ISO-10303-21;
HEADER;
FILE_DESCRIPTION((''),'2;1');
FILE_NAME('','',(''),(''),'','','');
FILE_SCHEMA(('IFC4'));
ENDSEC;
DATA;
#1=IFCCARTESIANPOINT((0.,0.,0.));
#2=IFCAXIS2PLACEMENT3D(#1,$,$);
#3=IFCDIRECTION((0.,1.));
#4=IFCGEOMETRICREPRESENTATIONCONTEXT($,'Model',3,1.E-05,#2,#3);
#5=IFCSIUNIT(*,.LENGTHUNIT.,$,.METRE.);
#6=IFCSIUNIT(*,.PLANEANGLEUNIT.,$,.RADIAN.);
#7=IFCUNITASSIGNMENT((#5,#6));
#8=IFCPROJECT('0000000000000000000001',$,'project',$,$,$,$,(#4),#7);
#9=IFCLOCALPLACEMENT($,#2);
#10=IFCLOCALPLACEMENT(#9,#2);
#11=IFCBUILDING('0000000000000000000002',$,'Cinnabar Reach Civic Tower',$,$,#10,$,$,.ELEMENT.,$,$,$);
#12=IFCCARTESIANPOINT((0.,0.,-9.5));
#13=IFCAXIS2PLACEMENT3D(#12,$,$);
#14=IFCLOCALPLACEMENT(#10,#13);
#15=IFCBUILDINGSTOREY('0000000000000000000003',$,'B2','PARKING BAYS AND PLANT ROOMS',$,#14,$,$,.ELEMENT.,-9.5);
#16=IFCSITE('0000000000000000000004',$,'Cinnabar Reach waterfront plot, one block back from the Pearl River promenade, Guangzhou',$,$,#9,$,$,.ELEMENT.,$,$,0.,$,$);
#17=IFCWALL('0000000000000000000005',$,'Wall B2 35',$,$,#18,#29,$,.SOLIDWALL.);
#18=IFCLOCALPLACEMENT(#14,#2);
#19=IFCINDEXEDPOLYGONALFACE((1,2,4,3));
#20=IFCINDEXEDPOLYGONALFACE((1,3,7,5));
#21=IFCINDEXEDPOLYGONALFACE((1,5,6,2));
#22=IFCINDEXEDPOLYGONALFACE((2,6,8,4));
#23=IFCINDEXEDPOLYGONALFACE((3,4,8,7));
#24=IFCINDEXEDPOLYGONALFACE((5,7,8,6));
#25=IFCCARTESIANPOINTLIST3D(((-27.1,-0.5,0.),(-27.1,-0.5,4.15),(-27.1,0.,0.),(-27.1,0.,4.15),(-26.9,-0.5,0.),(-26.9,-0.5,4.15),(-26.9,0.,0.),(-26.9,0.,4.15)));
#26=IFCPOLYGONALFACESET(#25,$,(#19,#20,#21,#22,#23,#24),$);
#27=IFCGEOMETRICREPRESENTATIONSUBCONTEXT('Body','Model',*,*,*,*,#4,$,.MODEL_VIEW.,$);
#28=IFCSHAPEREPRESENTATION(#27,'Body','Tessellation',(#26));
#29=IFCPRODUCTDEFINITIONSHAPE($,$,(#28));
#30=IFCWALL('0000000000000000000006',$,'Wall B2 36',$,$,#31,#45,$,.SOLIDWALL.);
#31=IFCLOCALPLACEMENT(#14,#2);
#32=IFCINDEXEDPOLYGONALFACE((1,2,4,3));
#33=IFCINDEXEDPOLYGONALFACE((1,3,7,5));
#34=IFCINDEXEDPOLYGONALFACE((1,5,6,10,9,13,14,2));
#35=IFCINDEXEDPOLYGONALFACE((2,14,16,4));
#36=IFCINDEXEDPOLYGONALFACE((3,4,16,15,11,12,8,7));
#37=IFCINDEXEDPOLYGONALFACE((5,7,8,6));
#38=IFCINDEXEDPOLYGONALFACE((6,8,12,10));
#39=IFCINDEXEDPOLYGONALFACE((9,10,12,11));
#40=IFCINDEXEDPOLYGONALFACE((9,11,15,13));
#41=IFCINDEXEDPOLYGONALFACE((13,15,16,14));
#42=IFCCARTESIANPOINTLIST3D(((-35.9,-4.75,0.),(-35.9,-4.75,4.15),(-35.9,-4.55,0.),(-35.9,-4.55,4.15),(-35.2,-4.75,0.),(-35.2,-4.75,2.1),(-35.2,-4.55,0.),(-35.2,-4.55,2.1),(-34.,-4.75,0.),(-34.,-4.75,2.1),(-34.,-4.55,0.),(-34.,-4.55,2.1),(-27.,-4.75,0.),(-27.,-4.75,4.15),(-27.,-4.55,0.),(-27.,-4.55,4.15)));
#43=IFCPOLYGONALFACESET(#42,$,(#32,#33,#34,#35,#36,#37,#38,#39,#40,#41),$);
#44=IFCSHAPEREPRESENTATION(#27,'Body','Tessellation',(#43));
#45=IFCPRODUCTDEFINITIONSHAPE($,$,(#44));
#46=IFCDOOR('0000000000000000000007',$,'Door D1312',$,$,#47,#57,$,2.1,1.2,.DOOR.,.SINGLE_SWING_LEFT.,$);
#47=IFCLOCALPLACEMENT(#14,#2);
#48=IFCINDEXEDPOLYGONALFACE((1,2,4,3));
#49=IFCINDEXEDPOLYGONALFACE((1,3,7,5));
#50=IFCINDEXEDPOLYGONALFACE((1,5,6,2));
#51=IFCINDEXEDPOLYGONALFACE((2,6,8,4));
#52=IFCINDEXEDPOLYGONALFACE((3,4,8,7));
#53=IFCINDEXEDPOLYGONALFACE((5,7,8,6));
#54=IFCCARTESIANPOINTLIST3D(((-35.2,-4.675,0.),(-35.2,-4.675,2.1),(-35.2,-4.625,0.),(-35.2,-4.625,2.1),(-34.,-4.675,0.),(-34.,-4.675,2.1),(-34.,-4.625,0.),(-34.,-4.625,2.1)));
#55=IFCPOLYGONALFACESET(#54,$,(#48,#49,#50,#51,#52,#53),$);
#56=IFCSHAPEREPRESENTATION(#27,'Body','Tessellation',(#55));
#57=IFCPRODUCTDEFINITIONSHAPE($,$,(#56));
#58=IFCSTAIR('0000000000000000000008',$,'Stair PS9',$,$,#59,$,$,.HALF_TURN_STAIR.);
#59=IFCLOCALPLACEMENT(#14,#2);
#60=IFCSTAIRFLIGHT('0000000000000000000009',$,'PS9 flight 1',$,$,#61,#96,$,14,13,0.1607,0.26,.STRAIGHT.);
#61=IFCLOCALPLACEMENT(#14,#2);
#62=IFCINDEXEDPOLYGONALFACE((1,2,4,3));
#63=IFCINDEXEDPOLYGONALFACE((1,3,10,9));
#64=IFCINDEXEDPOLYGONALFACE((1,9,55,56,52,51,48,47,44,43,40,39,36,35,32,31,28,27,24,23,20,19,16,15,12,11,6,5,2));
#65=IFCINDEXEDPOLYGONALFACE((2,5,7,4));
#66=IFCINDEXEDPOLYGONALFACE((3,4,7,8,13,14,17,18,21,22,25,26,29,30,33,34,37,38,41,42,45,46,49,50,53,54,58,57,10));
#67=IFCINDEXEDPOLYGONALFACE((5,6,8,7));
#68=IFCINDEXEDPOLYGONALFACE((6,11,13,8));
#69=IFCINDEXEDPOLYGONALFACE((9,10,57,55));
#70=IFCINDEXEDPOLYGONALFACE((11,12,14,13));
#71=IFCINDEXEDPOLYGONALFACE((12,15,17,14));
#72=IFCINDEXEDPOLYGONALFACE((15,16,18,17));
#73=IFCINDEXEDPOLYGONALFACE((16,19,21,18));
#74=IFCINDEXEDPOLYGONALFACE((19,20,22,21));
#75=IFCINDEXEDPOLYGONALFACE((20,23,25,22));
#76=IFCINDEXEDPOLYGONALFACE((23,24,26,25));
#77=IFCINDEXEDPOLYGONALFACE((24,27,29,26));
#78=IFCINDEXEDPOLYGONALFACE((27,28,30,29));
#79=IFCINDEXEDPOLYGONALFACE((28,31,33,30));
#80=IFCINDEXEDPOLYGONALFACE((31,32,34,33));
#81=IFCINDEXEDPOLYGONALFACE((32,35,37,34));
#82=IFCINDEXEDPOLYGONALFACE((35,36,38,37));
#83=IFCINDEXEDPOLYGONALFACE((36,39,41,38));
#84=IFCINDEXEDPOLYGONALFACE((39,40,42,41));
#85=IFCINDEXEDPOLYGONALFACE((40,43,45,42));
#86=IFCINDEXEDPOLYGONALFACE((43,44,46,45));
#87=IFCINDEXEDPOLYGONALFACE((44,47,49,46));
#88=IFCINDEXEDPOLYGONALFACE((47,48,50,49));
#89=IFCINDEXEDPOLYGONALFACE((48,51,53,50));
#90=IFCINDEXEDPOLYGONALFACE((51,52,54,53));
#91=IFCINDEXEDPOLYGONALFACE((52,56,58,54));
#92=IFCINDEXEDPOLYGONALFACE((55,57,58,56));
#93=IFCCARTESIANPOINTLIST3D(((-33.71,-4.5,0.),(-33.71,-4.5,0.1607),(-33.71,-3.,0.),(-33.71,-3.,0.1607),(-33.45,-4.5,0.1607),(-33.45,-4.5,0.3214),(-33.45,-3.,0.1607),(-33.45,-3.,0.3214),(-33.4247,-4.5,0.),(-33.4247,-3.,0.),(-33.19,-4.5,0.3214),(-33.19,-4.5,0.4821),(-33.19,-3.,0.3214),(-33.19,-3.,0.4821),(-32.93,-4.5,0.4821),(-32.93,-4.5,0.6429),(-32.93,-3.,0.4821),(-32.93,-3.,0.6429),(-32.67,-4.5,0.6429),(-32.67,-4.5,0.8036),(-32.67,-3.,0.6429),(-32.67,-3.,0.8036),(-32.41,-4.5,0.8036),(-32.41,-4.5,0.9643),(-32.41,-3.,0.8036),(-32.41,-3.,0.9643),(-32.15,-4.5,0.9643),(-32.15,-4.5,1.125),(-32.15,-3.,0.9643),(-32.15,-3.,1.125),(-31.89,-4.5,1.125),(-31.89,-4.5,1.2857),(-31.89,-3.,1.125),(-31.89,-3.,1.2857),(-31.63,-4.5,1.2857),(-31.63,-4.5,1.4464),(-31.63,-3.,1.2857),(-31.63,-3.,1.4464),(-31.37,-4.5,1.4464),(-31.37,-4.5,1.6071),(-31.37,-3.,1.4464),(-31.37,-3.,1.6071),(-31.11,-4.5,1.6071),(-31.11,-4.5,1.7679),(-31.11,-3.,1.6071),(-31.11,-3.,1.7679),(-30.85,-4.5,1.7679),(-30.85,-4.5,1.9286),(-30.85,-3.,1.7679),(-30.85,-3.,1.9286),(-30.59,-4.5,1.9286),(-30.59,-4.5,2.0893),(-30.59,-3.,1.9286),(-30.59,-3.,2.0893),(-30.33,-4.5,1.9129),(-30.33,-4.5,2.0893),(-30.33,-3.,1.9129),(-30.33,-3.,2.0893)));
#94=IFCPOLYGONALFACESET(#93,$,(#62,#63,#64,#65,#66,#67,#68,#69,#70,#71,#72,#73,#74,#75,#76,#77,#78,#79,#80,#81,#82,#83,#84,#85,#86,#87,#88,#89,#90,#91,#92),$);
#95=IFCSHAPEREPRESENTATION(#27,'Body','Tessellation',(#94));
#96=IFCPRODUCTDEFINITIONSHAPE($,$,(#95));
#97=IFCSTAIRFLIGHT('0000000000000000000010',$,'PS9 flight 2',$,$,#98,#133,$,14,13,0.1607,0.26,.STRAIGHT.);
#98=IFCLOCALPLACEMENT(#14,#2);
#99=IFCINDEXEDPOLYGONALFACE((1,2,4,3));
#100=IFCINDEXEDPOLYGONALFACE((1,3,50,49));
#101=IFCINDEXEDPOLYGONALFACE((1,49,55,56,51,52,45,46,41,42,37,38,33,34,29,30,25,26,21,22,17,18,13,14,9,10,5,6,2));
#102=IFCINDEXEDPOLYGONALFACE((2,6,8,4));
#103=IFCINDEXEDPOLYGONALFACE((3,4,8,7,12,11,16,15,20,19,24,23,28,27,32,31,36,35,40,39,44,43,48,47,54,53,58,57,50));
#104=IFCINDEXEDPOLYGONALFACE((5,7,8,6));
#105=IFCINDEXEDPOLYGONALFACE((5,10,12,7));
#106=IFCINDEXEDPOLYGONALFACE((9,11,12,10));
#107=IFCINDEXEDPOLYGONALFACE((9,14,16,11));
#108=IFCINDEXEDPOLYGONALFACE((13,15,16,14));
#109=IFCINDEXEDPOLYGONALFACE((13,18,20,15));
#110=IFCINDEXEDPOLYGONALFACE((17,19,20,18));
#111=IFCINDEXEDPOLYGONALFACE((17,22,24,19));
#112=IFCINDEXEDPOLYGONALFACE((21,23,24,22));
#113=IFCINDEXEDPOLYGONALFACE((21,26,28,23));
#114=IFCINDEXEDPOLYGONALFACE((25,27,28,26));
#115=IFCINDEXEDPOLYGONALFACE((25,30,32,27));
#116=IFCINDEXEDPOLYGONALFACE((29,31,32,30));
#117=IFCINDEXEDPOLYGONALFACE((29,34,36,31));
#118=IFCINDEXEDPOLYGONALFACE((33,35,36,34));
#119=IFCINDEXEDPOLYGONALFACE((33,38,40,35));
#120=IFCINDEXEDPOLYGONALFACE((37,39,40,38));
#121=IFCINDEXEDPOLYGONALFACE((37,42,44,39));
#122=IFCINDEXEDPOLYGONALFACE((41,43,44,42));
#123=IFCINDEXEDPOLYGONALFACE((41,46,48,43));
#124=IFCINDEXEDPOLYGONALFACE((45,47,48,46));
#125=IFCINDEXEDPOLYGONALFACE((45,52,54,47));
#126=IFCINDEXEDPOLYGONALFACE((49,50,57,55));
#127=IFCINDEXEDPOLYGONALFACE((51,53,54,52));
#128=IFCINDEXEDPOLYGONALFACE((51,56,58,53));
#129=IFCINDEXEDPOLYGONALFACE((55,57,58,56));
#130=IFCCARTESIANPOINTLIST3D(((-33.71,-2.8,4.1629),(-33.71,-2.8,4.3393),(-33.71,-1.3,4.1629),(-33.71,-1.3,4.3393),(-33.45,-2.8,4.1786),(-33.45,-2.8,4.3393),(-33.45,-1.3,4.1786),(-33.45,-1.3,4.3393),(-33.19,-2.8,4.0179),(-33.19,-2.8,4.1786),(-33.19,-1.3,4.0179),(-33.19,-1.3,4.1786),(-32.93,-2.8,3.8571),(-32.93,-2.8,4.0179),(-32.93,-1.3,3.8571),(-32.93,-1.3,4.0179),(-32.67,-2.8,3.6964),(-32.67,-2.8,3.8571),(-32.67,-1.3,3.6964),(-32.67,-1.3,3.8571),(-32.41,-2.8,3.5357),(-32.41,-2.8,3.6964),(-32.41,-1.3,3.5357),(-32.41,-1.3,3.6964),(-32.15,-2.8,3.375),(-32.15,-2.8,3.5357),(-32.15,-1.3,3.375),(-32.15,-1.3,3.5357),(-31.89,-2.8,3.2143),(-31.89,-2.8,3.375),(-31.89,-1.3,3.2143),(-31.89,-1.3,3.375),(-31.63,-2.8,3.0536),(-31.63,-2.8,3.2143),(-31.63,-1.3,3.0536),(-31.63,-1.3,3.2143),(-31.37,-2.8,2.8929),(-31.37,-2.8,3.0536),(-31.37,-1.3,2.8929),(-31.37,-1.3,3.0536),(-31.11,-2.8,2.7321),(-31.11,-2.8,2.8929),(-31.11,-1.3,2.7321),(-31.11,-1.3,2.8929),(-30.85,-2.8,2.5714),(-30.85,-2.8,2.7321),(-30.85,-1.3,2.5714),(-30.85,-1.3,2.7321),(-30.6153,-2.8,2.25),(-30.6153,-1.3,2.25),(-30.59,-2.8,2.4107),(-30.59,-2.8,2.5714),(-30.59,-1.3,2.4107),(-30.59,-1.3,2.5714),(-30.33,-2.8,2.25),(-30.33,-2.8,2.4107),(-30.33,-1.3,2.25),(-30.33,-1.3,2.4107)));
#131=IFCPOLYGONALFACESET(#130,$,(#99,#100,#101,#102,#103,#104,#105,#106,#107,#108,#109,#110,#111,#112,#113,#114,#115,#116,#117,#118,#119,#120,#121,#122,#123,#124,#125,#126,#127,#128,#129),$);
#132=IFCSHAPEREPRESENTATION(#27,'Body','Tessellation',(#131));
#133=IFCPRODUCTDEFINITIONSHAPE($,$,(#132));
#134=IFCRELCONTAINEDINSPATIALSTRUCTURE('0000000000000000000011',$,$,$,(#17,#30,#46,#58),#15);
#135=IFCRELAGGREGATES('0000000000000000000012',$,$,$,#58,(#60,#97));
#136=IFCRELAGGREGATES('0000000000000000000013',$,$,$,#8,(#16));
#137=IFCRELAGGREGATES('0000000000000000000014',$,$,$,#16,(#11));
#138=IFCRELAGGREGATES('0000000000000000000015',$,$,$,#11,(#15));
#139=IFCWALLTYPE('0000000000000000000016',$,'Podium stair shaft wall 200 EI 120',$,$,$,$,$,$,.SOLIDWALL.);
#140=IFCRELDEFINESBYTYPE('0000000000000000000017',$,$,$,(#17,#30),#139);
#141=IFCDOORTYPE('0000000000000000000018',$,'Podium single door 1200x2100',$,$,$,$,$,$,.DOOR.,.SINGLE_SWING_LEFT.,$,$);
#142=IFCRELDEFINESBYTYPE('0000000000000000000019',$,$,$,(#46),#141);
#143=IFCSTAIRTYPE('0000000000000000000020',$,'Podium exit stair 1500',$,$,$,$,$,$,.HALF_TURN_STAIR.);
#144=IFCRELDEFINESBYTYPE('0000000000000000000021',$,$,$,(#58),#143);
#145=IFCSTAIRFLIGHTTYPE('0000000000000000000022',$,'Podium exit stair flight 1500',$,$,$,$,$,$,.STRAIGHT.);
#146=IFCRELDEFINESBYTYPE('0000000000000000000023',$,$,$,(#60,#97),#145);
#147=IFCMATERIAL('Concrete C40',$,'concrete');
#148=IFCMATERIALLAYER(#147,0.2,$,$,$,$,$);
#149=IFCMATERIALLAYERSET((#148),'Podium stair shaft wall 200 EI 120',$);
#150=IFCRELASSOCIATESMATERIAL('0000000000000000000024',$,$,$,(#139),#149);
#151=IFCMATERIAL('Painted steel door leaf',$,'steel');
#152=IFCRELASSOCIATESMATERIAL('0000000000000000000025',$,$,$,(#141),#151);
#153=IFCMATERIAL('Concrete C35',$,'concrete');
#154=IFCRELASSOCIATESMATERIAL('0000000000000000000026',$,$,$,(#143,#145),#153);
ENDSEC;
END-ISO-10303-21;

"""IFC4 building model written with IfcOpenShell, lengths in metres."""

from ifc_helpers import new_model, si_unit, direction, frame, frame_2d, origin, place, context, subcontext, project, spatial, polyline, rectangle, outline, extrude, material, layer, layer_set, type_object, element, fill, aggregate, save


model = new_model("IFC4")

# Units and contexts
model_context = context("Model", 3, precision=1e-05, world=origin(), true_north=direction((0.0, 1.0)))
body_context = subcontext(model_context, "Body", "Model", "MODEL_VIEW")
ifc_project = project(units=[si_unit("LENGTHUNIT", "METRE"), si_unit("PLANEANGLEUNIT", "RADIAN")], contexts=[model_context])

# Site, building, storey
site_placement = place(None, origin())
site = spatial("IfcSite", under=ifc_project, at=site_placement, Name="Cinnabar Reach waterfront plot, one block back from the Pearl River promenade, Guangzhou", CompositionType="ELEMENT", RefElevation=0.0)
building_placement = place(site_placement, origin())
building = spatial("IfcBuilding", under=site, at=building_placement, Name="Cinnabar Reach Civic Tower", CompositionType="ELEMENT")
storey_placement = place(building_placement, frame((0.0, 0.0, -9.5)))
storey = spatial("IfcBuildingStorey", under=building, at=storey_placement, Name="B2", Description="PARKING BAYS AND PLANT ROOMS", CompositionType="ELEMENT", Elevation=-9.5)

# Shared definitions
ifc_material_1 = material(Name="Concrete C35", Category="concrete")

# Wall
ifc_material_2 = material(Name="Concrete C40", Category="concrete")
ifc_layer_1 = layer(ifc_material_2, 0.2)
ifc_layer_set_1 = layer_set([ifc_layer_1], Name="Podium stair shaft wall 200 EI 120")
wall_type_1 = type_object("IfcWallType", Name="Podium stair shaft wall 200 EI 120", PredefinedType="SOLIDWALL", material=ifc_layer_set_1)
wall_1_placement = place(storey_placement, frame((-27.0, -0.5, 0.0), z_axis=(0.0, 0.0, 1.0), x_axis=(0.0, 1.0, 0.0)))
element("IfcWall", 1, at=wall_1_placement, inside=storey, type_object=wall_type_1, Name="Wall B2 35", PredefinedType="SOLIDWALL", context=body_context, shape_type="SweptSolid", body=[
    extrude(rectangle(XDim=0.5, YDim=0.2, at=frame_2d((0.25, 0.0))), origin(), (0.0, 0.0, 1.0), 4.15),
])

# Wall, opening, door
wall_2_placement = place(storey_placement, frame((-35.9, -4.65, 0.0), z_axis=(0.0, 0.0, 1.0), x_axis=(1.0, 0.0, 0.0)))
wall_2 = element("IfcWall", 2, at=wall_2_placement, inside=storey, type_object=wall_type_1, Name="Wall B2 36", PredefinedType="SOLIDWALL", context=body_context, shape_type="SweptSolid", body=[
    extrude(rectangle(XDim=8.9, YDim=0.2, at=frame_2d((4.45, 0.0))), origin(), (0.0, 0.0, 1.0), 4.15),
])
opening_placement = place(wall_2_placement, frame((0.7, 0.0, 0.0)))
opening = element("IfcOpeningElement", 3, at=opening_placement, cuts=wall_2, PredefinedType="OPENING", context=body_context, shape_type="SweptSolid", body=[
    extrude(rectangle(XDim=1.2, YDim=2.1, at=frame_2d((0.6, 1.05))), frame((0.0, 0.11, 0.0), z_axis=(0.0, -1.0, 0.0), x_axis=(1.0, 0.0, 0.0)), (0.0, 0.0, 1.0), 0.22),
])
ifc_material_3 = material(Name="Painted steel door leaf", Category="steel")
door_type = type_object("IfcDoorType", Name="Podium single door 1200x2100", OperationType="SINGLE_SWING_LEFT", PredefinedType="DOOR", material=ifc_material_3)
door_placement = place(opening_placement, origin())
door = element("IfcDoor", 4, at=door_placement, inside=storey, type_object=door_type, Name="Door D1312", OperationType="SINGLE_SWING_LEFT", OverallHeight=2.1, OverallWidth=1.2, PredefinedType="DOOR", context=body_context, shape_type="SweptSolid", body=[
    extrude(rectangle(XDim=1.2, YDim=2.1, at=frame_2d((0.6, 1.05))), frame((0.0, 0.025, 0.0), z_axis=(0.0, -1.0, 0.0), x_axis=(1.0, 0.0, 0.0)), (0.0, 0.0, 1.0), 0.05),
])
fill(opening, door)

# Stair, stair flights
stair_type = type_object("IfcStairType", Name="Podium exit stair 1500", PredefinedType="HALF_TURN_STAIR", material=ifc_material_1)
stair_placement = place(storey_placement, origin())
stair = element("IfcStair", 5, at=stair_placement, inside=storey, type_object=stair_type, Name="Stair PS9", PredefinedType="HALF_TURN_STAIR")
stair_flight_type = type_object("IfcStairFlightType", Name="Podium exit stair flight 1500", PredefinedType="STRAIGHT", material=ifc_material_1)
stair_flight_1_placement = place(storey_placement, frame((-33.71, -3.75, 0.0), z_axis=(0.0, 0.0, 1.0), x_axis=(1.0, 0.0, 0.0)))
stair_flight_1 = element("IfcStairFlight", 6, at=stair_flight_1_placement, type_object=stair_flight_type, Name="PS9 flight 1", NumberOfRisers=14, NumberOfTreads=13, PredefinedType="STRAIGHT", RiserHeight=0.1607, TreadLength=0.26, context=body_context, shape_type="SweptSolid", body=[
    extrude(outline(polyline([(0.0, 0.0), (0.0, 0.1607), (0.26, 0.1607), (0.26, 0.3214), (0.52, 0.3214), (0.52, 0.4821), (0.78, 0.4821), (0.78, 0.6429), (1.04, 0.6429), (1.04, 0.8036), (1.3, 0.8036), (1.3, 0.9643), (1.56, 0.9643), (1.56, 1.125), (1.82, 1.125), (1.82, 1.2857), (2.08, 1.2857), (2.08, 1.4464), (2.34, 1.4464), (2.34, 1.6071), (2.6, 1.6071), (2.6, 1.7679), (2.86, 1.7679), (2.86, 1.9286), (3.12, 1.9286), (3.12, 2.0893), (3.38, 2.0893), (3.38, 2.25), (3.38, 1.9129), (0.2853, 0.0), (0.0, 0.0)])), frame((0.0, 0.75, 0.0), z_axis=(0.0, -1.0, 0.0), x_axis=(1.0, 0.0, 0.0)), (0.0, 0.0, 1.0), 1.5),
])
stair_flight_2_placement = place(storey_placement, frame((-30.33, -2.05, 2.25), z_axis=(0.0, 0.0, 1.0), x_axis=(-1.0, 0.0, 0.0)))
stair_flight_2 = element("IfcStairFlight", 7, at=stair_flight_2_placement, type_object=stair_flight_type, Name="PS9 flight 2", NumberOfRisers=14, NumberOfTreads=13, PredefinedType="STRAIGHT", RiserHeight=0.1607, TreadLength=0.26, context=body_context, shape_type="SweptSolid", body=[
    extrude(outline(polyline([(0.0, 0.0), (0.0, 0.1607), (0.26, 0.1607), (0.26, 0.3214), (0.52, 0.3214), (0.52, 0.4821), (0.78, 0.4821), (0.78, 0.6429), (1.04, 0.6429), (1.04, 0.8036), (1.3, 0.8036), (1.3, 0.9643), (1.56, 0.9643), (1.56, 1.125), (1.82, 1.125), (1.82, 1.2857), (2.08, 1.2857), (2.08, 1.4464), (2.34, 1.4464), (2.34, 1.6071), (2.6, 1.6071), (2.6, 1.7679), (2.86, 1.7679), (2.86, 1.9286), (3.12, 1.9286), (3.12, 2.0893), (3.38, 2.0893), (3.38, 2.25), (3.38, 1.9129), (0.2853, 0.0), (0.0, 0.0)])), frame((0.0, 0.75, 0.0), z_axis=(0.0, -1.0, 0.0), x_axis=(1.0, 0.0, 0.0)), (0.0, 0.0, 1.0), 1.5),
])
aggregate(stair, [stair_flight_1, stair_flight_2])

save(model, "model.ifc")
